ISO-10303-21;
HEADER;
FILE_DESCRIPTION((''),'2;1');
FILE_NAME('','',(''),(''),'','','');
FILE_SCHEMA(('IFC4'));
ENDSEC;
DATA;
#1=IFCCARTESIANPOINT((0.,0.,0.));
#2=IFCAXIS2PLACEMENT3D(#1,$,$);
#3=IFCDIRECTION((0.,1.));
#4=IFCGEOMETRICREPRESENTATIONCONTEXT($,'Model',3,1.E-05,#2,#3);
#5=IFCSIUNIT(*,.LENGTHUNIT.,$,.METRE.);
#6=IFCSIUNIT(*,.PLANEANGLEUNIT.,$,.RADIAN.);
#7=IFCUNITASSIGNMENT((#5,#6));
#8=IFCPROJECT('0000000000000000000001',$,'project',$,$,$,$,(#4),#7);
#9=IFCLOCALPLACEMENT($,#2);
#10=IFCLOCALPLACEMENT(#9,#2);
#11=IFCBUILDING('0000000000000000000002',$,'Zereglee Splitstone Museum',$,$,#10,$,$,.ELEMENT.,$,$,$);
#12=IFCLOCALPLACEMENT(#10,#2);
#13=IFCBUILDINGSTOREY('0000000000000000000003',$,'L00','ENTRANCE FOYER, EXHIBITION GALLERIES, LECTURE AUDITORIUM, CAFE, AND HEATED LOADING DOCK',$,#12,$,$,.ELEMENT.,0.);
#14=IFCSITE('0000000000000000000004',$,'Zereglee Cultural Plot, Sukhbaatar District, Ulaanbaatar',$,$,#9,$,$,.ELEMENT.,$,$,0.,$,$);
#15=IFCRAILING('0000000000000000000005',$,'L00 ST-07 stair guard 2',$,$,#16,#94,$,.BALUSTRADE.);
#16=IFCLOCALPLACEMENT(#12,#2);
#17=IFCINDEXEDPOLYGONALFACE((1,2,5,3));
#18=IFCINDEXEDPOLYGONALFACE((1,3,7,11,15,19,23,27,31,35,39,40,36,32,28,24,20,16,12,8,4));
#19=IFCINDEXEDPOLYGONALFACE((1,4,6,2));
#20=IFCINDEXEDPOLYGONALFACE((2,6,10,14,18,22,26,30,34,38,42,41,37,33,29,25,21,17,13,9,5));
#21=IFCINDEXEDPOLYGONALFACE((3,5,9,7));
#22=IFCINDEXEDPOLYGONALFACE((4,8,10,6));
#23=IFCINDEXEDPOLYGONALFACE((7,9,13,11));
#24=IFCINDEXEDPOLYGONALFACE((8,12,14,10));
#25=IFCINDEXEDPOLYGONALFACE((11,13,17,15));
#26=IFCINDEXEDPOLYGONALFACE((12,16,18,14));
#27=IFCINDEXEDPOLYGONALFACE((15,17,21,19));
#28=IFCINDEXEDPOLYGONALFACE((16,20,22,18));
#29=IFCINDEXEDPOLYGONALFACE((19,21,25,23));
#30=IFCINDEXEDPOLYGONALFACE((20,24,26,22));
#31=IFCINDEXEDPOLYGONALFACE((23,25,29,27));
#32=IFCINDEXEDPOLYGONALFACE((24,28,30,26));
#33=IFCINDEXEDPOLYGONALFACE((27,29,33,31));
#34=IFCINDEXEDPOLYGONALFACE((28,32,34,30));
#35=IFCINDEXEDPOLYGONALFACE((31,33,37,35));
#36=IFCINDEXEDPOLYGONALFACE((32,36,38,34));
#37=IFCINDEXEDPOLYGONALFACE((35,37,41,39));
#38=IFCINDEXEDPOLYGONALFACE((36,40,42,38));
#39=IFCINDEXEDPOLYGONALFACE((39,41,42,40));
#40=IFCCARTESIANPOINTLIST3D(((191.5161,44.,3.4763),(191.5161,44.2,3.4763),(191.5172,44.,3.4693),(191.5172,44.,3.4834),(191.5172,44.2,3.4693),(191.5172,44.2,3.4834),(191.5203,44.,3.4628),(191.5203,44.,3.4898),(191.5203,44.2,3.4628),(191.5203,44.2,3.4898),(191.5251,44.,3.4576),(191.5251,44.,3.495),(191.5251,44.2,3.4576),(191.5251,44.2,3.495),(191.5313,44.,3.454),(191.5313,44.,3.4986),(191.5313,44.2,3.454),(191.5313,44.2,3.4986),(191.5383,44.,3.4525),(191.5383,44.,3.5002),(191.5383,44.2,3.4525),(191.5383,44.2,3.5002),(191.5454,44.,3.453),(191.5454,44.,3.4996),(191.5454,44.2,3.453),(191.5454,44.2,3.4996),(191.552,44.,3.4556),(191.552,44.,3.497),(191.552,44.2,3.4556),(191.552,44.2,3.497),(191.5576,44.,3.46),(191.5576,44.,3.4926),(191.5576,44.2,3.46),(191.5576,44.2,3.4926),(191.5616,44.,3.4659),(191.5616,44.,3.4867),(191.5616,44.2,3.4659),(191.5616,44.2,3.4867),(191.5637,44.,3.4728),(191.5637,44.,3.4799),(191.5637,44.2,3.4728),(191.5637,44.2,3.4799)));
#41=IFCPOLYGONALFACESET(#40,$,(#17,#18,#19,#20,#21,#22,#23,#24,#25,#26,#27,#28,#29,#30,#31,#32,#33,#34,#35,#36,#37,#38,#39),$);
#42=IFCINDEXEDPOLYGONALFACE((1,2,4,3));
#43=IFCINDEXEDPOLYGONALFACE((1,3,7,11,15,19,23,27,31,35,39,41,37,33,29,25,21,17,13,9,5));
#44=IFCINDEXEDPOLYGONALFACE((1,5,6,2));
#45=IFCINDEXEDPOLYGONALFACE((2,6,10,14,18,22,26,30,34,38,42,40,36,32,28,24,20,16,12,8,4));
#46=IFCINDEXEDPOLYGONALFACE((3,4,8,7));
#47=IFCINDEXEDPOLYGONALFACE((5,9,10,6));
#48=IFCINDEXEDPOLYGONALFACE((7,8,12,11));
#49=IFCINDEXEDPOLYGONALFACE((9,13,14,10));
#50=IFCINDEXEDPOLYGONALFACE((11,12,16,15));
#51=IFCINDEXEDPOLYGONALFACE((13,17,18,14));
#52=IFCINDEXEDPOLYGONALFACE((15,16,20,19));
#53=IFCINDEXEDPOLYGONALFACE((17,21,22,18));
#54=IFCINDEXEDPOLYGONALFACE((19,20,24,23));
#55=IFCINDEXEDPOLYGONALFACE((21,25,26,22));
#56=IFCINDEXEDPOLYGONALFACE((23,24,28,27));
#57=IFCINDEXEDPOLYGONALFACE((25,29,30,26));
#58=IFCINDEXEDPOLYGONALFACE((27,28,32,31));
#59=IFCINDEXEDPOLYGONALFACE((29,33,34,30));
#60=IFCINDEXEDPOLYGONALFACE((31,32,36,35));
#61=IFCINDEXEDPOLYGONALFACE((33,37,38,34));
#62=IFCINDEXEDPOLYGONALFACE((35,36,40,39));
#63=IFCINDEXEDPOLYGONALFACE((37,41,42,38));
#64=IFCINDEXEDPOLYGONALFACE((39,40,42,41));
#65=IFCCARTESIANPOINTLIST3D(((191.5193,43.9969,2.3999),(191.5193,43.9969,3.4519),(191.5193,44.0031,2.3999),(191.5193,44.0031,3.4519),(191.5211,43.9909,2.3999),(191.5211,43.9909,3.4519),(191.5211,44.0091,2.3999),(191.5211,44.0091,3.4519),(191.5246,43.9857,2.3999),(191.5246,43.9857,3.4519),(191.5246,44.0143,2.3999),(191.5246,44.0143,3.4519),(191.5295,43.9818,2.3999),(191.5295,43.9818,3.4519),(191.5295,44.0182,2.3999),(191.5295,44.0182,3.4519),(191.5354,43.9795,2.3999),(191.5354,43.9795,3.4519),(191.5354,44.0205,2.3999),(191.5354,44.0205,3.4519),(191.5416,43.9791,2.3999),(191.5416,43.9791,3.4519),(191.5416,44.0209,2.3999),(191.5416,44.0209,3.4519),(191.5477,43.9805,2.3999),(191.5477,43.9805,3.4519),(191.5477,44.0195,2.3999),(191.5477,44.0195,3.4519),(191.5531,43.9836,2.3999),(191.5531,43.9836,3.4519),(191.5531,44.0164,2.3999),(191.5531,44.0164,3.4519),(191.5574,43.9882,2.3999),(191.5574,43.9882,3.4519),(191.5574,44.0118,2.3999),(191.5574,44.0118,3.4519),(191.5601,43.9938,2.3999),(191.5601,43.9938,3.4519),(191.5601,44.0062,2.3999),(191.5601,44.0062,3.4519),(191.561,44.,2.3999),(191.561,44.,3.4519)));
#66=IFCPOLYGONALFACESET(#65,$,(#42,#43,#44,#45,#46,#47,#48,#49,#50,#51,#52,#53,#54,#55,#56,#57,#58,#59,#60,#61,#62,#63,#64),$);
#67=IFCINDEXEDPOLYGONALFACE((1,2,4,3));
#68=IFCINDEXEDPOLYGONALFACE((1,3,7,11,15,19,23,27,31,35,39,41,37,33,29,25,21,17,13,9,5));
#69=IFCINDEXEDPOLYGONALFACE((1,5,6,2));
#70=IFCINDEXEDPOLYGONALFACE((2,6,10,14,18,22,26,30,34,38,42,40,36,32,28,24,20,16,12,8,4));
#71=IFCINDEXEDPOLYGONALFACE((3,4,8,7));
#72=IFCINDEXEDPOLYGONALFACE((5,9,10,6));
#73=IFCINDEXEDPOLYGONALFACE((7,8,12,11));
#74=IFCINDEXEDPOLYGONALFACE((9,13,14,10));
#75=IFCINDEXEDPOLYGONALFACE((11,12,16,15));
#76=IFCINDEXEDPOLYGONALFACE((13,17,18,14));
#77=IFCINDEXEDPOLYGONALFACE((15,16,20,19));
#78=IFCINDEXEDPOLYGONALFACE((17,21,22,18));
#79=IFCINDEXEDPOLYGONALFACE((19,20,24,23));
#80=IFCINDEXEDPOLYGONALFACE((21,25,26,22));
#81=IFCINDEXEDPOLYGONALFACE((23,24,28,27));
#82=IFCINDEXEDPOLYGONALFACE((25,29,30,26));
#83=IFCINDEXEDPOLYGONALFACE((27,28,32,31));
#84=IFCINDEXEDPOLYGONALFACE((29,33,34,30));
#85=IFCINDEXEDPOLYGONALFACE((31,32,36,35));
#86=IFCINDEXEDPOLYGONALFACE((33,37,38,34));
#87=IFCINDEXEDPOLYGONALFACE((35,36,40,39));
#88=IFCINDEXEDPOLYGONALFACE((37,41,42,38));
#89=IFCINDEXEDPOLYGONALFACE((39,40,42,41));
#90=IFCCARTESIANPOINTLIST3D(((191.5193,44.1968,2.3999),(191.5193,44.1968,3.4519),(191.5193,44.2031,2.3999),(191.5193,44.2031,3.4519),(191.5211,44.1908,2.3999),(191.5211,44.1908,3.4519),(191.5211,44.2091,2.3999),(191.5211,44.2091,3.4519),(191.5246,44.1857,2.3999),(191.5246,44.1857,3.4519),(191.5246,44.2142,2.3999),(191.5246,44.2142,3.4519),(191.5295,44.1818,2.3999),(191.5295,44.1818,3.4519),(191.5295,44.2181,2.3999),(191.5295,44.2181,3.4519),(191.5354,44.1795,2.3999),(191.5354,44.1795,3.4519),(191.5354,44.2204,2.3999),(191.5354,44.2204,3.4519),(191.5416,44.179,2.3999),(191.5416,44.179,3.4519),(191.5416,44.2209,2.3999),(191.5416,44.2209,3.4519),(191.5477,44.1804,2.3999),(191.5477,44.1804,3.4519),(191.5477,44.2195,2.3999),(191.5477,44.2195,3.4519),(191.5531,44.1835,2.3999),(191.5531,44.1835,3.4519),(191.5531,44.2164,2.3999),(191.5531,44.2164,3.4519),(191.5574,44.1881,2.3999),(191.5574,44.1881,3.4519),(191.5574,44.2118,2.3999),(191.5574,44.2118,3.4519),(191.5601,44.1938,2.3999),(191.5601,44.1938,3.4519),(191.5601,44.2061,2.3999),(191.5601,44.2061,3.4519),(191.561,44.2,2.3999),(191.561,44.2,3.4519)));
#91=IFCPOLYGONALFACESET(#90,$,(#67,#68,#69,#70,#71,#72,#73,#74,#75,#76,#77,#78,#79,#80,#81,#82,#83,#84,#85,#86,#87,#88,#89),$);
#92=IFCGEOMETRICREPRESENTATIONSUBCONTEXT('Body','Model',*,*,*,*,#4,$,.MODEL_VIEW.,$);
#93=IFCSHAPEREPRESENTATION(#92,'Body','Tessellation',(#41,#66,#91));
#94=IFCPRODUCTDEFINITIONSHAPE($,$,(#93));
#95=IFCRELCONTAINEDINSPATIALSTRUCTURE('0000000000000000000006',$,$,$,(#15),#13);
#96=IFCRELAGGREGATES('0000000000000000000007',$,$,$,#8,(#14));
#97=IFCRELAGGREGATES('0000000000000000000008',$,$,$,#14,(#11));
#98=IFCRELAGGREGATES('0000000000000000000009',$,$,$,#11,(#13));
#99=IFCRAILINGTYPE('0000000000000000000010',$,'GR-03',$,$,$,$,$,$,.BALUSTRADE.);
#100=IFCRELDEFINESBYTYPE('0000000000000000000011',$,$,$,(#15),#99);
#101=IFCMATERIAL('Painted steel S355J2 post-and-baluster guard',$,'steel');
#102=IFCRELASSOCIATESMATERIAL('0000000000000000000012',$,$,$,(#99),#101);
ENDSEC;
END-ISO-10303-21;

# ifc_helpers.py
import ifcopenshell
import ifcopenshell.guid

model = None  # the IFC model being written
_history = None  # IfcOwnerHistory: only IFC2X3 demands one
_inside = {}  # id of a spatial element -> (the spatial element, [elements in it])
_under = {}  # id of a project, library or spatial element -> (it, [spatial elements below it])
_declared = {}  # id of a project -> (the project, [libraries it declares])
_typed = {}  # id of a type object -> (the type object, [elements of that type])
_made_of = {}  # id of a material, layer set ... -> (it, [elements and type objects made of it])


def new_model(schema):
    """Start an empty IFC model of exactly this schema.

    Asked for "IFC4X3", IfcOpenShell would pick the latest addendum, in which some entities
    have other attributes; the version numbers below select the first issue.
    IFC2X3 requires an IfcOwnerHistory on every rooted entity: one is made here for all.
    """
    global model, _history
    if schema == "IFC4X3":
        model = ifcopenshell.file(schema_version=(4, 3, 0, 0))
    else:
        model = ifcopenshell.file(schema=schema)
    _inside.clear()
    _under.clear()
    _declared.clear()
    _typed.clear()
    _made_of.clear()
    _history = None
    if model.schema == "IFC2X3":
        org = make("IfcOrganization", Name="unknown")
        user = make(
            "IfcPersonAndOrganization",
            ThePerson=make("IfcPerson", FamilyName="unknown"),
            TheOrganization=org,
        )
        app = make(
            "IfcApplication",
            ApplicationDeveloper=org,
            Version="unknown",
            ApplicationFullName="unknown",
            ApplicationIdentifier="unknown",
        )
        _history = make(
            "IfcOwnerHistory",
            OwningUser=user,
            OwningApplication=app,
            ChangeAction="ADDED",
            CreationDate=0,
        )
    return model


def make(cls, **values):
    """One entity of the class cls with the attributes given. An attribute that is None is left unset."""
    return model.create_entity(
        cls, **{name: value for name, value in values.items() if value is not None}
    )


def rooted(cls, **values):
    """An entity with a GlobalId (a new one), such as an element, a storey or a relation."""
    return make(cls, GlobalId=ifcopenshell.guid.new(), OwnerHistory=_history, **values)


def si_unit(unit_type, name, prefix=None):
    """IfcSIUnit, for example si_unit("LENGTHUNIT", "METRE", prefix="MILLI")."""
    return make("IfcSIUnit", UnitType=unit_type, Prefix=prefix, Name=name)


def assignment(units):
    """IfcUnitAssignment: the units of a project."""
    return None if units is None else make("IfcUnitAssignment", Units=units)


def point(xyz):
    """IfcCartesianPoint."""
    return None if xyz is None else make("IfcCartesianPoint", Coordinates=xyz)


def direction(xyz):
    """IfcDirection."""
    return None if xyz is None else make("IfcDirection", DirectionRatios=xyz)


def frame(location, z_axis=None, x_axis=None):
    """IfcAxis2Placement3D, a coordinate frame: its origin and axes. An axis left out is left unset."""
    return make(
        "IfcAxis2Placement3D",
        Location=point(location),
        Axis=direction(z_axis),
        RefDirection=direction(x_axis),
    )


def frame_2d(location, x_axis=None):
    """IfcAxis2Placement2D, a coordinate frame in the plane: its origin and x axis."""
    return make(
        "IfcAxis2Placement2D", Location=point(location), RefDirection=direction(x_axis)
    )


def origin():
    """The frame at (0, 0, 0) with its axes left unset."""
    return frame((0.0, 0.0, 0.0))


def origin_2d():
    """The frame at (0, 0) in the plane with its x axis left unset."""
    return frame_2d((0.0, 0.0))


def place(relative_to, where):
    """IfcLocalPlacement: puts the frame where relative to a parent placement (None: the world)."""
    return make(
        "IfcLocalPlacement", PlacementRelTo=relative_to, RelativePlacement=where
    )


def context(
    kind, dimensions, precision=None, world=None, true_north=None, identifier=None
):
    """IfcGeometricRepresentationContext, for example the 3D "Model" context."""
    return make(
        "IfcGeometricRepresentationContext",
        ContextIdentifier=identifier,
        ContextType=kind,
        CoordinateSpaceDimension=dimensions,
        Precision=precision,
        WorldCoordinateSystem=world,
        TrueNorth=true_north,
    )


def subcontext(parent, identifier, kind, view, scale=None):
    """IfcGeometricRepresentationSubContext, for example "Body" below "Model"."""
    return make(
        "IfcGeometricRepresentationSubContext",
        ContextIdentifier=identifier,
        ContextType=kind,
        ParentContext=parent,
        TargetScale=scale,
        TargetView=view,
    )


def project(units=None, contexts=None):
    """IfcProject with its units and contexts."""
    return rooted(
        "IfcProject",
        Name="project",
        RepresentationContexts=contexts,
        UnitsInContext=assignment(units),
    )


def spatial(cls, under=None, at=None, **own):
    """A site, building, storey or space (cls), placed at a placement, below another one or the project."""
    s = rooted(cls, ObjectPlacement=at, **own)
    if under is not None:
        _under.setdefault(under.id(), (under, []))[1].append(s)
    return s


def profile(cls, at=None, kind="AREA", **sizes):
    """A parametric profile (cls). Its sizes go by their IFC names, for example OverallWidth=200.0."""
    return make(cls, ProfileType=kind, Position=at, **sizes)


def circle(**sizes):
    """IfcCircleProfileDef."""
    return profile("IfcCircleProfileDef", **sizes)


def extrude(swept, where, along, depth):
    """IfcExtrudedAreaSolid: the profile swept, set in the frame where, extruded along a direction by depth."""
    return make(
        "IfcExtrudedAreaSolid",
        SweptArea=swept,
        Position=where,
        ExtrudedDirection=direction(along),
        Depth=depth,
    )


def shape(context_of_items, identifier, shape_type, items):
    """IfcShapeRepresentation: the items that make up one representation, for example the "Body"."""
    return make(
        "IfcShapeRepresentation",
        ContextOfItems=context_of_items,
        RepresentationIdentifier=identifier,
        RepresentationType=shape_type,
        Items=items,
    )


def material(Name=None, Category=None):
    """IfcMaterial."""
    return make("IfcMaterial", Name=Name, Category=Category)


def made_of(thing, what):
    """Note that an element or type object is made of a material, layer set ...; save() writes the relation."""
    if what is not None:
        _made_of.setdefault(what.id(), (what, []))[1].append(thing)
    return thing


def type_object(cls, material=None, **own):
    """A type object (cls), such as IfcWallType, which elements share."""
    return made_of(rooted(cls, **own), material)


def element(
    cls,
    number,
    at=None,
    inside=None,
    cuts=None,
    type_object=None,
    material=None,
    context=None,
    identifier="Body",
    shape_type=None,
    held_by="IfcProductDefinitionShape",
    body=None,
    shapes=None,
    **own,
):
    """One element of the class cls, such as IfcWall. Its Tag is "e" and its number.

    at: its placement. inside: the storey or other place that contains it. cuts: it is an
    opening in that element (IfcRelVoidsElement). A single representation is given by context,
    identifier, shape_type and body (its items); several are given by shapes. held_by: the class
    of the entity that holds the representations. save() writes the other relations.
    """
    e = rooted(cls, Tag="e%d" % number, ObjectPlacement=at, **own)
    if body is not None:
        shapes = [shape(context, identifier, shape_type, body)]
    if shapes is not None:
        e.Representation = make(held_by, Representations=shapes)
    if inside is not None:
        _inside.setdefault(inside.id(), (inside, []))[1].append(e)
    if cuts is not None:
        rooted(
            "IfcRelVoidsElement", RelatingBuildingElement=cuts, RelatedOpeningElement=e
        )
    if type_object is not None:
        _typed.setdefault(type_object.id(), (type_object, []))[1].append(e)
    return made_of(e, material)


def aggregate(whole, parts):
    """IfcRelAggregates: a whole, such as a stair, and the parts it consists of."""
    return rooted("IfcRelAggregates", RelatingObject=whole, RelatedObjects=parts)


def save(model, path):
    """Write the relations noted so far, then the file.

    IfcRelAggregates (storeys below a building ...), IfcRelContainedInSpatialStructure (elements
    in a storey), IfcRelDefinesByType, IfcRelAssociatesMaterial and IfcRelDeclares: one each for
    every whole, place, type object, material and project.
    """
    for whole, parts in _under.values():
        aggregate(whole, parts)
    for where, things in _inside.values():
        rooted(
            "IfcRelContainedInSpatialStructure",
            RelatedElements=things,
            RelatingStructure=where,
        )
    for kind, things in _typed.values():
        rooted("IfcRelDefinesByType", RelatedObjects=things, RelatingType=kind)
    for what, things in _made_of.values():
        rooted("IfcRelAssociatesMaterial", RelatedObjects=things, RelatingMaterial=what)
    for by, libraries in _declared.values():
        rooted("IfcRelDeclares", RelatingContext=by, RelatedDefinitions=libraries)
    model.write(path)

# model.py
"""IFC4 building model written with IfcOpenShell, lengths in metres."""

from ifc_helpers import new_model, si_unit, direction, frame, origin, origin_2d, place, context, subcontext, project, spatial, circle, extrude, material, type_object, element, save


model = new_model("IFC4")

# Units and contexts
model_context = context("Model", 3, precision=1e-05, world=origin(), true_north=direction((0.0, 1.0)))
body_context = subcontext(model_context, "Body", "Model", "MODEL_VIEW")
ifc_project = project(units=[si_unit("LENGTHUNIT", "METRE"), si_unit("PLANEANGLEUNIT", "RADIAN")], contexts=[model_context])

# Site, building, storey
site_placement = place(None, origin())
site = spatial("IfcSite", under=ifc_project, at=site_placement, Name="Zereglee Cultural Plot, Sukhbaatar District, Ulaanbaatar", CompositionType="ELEMENT", RefElevation=0.0)
building_placement = place(site_placement, origin())
building = spatial("IfcBuilding", under=site, at=building_placement, Name="Zereglee Splitstone Museum", CompositionType="ELEMENT")
storey_placement = place(building_placement, origin())
storey = spatial("IfcBuildingStorey", under=building, at=storey_placement, Name="L00", Description="ENTRANCE FOYER, EXHIBITION GALLERIES, LECTURE AUDITORIUM, CAFE, AND HEATED LOADING DOCK", CompositionType="ELEMENT", Elevation=0.0)

# Railing
ifc_material_1 = material(Name="Painted steel S355J2 post-and-baluster guard", Category="steel")
railing_type_1 = type_object("IfcRailingType", Name="GR-03", PredefinedType="BALUSTRADE", material=ifc_material_1)
railing_1_placement = place(storey_placement, frame((191.54, 44.0, 2.3999)))
element("IfcRailing", 1, at=railing_1_placement, inside=storey, type_object=railing_type_1, Name="L00 ST-07 stair guard 2", PredefinedType="BALUSTRADE", context=body_context, shape_type="SweptSolid", body=[
    extrude(circle(Radius=0.0239, at=origin_2d()), frame((0.0, 0.0, 1.0764), z_axis=(0.0, 1.0, 0.0), x_axis=(-1.0, 0.0, 0.0)), (0.0, 0.0, 1.0), 0.2),
    extrude(circle(Radius=0.021, at=origin_2d()), origin(), (0.0, 0.0, 1.0), 1.052),
    extrude(circle(Radius=0.021, at=origin_2d()), frame((0.0, 0.2, 0.0)), (0.0, 0.0, 1.0), 1.052),
])

save(model, "model.ifc")
